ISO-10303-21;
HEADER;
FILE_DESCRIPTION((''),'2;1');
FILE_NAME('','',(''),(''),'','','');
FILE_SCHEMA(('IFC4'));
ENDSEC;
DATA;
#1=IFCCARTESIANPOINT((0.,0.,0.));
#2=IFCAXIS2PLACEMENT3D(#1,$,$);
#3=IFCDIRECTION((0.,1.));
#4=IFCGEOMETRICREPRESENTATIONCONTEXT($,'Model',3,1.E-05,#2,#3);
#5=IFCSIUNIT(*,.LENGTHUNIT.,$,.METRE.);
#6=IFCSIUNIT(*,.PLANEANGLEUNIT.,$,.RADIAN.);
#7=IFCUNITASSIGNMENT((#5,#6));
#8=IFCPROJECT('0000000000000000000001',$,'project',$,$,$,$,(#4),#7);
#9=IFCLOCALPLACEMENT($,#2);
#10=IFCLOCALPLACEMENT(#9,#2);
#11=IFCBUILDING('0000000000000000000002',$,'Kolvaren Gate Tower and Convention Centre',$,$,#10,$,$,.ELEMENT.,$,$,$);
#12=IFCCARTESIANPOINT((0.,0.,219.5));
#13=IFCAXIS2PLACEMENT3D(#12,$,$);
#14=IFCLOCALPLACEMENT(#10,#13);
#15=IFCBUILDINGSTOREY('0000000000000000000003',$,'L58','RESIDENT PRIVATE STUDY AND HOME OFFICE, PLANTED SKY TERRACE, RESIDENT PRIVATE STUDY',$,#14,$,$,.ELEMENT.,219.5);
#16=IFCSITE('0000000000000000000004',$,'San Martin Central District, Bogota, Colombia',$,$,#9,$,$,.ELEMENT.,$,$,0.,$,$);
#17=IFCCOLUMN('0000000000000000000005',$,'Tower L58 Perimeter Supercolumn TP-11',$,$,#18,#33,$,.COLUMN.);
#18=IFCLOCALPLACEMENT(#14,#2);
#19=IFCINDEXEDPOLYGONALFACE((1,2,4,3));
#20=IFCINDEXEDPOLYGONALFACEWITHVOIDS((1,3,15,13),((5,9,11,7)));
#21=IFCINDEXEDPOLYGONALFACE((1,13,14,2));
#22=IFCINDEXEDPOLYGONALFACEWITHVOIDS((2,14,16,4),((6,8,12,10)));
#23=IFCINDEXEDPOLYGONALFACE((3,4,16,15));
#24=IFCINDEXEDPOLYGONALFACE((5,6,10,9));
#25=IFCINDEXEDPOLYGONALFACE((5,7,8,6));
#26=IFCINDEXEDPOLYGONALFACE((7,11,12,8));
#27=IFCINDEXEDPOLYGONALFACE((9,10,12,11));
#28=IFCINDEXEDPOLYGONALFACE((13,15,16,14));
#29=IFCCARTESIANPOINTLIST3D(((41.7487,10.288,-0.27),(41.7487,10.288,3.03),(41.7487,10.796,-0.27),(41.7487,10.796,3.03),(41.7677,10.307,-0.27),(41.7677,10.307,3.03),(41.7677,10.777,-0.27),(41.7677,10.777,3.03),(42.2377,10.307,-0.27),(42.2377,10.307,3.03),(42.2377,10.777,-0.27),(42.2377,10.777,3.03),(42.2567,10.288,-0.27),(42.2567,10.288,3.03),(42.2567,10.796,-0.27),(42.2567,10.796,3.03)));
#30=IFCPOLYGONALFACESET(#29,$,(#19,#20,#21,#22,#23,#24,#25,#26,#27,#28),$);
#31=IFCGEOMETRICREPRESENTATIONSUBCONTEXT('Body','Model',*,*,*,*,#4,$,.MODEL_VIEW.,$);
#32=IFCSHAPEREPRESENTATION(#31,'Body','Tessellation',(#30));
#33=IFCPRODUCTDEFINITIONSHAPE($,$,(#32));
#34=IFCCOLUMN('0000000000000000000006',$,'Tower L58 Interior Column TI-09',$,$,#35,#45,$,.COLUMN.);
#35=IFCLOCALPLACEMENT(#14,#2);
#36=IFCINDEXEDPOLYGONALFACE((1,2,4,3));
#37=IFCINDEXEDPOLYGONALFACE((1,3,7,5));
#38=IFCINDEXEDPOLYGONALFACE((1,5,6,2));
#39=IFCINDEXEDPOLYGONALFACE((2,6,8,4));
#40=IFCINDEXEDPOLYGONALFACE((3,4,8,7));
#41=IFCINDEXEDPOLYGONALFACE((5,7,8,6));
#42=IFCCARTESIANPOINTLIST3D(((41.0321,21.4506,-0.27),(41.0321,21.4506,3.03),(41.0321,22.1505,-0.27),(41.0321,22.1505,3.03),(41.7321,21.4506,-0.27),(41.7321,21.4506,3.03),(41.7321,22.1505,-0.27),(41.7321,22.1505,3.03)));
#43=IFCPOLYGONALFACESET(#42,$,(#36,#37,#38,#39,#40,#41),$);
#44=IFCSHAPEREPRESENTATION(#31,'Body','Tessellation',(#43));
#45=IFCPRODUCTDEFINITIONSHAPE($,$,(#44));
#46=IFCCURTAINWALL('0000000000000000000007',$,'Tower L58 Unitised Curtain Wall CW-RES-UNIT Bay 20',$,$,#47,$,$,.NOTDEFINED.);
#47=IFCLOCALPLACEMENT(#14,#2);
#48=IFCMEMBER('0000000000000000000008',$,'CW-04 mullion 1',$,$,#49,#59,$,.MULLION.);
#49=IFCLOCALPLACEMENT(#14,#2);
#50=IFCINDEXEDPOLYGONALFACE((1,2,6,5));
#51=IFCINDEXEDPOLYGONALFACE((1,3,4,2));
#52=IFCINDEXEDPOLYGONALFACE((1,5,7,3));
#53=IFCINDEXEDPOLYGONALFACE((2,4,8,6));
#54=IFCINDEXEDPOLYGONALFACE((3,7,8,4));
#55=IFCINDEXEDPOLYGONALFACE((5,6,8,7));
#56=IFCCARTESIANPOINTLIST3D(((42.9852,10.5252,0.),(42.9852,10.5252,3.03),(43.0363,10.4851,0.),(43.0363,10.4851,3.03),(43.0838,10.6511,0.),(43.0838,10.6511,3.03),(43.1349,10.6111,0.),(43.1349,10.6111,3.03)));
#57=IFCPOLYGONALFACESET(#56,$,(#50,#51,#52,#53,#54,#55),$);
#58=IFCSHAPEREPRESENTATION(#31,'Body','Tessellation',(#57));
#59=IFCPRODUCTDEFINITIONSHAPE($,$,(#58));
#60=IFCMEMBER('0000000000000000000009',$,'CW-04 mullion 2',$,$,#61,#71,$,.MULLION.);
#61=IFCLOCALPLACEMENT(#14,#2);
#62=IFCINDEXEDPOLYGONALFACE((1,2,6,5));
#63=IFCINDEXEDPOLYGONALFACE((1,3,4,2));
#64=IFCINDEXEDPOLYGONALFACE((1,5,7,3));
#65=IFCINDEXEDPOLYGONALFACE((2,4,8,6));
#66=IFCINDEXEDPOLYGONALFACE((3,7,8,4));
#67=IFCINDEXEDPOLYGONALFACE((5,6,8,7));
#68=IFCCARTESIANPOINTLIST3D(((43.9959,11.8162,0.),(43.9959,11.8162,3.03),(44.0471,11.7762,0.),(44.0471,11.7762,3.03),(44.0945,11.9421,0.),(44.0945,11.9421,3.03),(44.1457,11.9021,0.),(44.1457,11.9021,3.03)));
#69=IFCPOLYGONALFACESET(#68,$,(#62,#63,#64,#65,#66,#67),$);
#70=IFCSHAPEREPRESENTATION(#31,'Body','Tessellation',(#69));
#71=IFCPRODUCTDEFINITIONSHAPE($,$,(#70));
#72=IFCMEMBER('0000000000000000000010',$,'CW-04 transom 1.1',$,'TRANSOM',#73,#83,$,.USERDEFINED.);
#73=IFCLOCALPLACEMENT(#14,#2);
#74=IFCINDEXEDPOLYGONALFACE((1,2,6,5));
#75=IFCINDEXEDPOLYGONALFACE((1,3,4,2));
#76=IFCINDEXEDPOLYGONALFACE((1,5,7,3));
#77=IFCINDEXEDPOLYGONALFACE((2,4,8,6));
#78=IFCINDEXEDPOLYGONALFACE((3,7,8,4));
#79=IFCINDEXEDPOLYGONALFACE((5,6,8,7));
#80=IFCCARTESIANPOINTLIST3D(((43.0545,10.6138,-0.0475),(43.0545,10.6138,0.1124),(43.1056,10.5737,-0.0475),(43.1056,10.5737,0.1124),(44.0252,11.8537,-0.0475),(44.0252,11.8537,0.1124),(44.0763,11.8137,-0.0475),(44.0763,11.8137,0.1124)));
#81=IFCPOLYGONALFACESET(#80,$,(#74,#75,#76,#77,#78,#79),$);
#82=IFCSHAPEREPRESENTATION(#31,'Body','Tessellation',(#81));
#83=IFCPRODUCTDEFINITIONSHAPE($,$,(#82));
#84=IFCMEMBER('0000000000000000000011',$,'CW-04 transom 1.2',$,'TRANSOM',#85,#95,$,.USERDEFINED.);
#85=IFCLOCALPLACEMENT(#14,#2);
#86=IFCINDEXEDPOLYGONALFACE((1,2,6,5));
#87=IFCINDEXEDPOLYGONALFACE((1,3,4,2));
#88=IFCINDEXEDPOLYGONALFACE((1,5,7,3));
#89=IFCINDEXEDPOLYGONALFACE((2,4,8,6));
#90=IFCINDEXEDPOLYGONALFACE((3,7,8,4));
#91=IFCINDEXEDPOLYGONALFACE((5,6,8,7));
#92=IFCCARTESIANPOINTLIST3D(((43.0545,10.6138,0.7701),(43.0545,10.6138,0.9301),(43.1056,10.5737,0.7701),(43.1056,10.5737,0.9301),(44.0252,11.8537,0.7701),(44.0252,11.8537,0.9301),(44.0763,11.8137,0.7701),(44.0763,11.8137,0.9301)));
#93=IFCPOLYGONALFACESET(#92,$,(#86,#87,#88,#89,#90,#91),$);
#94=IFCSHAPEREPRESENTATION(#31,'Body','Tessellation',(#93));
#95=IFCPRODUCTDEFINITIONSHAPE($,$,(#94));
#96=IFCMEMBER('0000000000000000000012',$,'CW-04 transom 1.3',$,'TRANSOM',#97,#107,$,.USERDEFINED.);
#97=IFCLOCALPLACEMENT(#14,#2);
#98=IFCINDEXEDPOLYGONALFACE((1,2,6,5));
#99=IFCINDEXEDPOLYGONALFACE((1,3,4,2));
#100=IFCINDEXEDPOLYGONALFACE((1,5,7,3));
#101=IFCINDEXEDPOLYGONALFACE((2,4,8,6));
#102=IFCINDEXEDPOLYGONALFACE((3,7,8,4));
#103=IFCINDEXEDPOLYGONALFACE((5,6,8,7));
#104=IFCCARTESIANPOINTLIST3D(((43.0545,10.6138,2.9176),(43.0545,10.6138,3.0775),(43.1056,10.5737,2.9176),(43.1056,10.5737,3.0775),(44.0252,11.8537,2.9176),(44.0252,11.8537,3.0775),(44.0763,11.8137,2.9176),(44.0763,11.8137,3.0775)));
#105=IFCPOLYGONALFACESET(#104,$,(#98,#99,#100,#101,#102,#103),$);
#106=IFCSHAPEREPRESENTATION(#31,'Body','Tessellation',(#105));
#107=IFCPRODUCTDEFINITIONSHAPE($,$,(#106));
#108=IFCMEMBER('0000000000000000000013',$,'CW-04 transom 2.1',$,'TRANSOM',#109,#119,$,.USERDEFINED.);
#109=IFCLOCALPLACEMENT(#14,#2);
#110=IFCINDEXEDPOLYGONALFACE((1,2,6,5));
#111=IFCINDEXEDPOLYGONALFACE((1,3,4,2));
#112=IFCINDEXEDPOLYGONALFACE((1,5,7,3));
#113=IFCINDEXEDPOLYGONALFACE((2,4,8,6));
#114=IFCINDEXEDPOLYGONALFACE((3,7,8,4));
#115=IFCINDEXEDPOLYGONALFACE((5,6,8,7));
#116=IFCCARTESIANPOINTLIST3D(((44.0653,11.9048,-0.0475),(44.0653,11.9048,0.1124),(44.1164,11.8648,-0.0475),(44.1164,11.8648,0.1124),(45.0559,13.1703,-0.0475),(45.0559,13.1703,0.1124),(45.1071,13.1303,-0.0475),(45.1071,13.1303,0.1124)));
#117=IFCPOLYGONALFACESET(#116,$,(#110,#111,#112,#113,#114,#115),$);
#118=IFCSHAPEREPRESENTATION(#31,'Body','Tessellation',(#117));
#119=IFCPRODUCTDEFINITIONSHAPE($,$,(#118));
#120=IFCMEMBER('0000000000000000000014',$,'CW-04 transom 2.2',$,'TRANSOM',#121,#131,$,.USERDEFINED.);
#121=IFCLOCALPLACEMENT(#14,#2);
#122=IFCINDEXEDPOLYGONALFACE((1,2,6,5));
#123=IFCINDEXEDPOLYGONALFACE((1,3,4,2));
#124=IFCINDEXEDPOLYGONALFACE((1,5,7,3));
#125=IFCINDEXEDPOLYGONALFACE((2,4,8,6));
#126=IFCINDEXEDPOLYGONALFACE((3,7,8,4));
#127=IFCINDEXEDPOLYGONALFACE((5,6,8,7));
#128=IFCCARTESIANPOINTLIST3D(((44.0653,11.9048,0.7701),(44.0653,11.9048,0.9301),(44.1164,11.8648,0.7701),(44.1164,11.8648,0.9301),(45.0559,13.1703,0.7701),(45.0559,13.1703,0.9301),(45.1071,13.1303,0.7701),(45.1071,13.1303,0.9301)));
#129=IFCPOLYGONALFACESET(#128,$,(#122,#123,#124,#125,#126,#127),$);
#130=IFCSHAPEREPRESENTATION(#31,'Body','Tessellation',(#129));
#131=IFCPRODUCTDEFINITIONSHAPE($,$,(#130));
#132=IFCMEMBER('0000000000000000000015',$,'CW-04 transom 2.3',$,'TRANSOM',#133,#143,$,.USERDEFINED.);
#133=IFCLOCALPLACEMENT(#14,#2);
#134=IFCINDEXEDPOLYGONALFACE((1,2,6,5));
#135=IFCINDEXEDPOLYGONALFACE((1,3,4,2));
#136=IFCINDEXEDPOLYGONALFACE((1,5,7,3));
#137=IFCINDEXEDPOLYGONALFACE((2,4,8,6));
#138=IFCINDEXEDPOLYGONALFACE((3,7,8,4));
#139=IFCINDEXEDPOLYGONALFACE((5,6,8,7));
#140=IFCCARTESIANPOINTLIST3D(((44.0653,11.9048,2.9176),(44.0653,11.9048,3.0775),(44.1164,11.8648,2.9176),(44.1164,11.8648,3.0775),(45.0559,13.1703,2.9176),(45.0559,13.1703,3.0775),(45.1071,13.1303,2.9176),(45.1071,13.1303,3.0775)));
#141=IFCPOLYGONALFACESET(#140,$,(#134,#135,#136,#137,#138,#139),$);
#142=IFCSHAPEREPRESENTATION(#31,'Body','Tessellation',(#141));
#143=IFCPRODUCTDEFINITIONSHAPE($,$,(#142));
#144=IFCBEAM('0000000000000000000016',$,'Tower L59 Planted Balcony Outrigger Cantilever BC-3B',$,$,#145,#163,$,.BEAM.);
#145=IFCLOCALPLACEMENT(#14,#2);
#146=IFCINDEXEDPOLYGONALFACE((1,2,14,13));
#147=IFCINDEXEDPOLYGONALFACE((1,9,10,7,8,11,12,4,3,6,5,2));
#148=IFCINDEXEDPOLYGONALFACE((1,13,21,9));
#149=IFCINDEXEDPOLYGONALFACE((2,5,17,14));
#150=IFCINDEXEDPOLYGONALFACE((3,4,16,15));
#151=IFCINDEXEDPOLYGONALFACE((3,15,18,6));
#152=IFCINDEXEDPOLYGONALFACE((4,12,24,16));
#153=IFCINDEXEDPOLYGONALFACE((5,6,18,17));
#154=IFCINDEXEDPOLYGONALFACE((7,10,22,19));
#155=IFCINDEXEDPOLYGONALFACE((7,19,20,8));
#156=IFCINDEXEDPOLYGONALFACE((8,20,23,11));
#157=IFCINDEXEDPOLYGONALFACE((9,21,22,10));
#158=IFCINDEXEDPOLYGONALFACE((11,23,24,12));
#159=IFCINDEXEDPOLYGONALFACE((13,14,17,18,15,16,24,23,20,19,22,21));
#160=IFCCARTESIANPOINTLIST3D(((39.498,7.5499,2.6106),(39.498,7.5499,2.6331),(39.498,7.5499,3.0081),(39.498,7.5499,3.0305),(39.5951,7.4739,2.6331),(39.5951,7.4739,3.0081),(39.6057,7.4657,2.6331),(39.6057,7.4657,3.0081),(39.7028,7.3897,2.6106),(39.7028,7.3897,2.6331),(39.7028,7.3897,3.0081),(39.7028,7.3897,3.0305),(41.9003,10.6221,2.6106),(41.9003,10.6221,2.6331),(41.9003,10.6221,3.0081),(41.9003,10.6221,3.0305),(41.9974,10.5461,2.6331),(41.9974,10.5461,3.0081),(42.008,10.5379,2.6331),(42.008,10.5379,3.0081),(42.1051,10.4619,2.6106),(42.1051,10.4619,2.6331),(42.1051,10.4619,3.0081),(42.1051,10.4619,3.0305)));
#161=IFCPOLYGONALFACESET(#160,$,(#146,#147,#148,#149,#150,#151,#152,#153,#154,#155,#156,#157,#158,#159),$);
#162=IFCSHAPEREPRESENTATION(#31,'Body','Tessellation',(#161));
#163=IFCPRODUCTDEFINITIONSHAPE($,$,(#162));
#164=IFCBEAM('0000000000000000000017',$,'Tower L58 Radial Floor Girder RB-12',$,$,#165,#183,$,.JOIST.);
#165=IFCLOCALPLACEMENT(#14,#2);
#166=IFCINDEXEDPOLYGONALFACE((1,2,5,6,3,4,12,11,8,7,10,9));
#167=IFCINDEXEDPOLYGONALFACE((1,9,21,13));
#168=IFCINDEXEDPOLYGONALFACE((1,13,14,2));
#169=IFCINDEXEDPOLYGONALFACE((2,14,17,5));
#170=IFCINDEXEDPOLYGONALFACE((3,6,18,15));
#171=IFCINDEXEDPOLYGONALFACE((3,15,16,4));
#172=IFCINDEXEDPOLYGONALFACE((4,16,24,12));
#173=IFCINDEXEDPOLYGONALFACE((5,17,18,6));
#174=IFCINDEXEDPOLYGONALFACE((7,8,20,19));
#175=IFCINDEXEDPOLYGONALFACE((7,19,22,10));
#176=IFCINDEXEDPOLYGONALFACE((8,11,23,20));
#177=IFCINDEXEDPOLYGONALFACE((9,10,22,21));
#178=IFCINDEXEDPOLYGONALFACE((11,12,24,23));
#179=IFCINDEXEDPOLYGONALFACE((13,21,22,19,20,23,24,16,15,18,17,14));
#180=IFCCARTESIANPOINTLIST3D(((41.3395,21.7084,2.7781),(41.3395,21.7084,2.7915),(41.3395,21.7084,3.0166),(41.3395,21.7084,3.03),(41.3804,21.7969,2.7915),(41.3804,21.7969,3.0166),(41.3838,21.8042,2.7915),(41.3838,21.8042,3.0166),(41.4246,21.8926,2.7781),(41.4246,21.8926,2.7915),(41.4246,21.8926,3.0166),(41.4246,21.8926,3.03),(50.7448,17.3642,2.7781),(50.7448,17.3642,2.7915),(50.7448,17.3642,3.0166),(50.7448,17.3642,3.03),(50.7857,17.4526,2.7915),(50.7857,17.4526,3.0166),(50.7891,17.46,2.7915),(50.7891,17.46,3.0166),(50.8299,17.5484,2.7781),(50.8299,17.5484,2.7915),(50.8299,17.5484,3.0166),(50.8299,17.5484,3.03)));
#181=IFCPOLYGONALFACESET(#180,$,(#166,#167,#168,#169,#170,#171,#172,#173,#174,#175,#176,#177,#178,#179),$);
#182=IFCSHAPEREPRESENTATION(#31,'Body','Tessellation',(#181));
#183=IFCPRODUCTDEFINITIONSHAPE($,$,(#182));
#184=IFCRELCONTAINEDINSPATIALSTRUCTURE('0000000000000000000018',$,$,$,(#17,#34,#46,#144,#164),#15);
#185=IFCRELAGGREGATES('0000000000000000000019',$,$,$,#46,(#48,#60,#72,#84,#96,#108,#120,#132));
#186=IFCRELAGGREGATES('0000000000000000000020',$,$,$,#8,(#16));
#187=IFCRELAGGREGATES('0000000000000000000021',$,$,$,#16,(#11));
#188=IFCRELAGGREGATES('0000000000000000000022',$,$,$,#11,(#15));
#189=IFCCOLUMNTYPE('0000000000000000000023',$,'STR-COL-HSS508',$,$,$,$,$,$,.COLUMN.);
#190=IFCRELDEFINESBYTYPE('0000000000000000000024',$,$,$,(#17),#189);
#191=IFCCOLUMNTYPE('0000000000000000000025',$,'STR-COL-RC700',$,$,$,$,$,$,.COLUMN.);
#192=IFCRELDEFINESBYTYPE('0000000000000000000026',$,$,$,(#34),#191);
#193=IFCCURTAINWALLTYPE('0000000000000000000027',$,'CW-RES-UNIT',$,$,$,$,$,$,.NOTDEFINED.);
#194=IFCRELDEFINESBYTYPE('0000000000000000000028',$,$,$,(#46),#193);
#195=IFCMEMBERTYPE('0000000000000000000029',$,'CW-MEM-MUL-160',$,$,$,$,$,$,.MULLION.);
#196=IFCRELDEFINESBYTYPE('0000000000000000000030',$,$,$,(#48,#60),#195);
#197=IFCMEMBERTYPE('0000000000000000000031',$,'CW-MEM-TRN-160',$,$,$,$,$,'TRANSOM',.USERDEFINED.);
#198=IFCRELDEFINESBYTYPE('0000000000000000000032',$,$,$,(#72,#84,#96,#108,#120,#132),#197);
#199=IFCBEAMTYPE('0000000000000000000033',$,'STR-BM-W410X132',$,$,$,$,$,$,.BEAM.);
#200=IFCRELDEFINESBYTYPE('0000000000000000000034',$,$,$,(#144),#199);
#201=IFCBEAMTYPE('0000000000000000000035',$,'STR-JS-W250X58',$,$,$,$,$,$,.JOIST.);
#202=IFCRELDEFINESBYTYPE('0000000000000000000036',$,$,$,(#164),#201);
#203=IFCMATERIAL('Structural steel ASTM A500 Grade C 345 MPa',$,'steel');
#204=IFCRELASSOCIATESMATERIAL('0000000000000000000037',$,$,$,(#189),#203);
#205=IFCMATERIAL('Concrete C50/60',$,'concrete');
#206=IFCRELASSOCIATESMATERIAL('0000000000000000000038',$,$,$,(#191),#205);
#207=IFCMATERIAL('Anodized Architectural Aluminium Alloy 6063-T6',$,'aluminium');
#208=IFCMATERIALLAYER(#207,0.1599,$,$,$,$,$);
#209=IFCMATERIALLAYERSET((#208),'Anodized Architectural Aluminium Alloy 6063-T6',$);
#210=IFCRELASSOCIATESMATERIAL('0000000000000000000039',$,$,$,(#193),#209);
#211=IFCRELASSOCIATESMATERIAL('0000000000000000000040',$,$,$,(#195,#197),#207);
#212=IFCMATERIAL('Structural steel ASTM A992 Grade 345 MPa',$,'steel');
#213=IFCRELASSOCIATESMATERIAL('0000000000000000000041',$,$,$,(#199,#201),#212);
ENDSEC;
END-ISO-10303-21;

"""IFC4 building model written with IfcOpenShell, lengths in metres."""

from ifc_helpers import new_model, si_unit, direction, frame, origin, origin_2d, place, context, subcontext, project, spatial, rectangle, hollow_rectangle, i_section, extrude, material, layer, layer_set, material_profile, profile_set, type_object, element, aggregate, save


model = new_model("IFC4")

# Units and contexts
model_context = context("Model", 3, precision=1e-05, world=origin(), true_north=direction((0.0, 1.0)))
body_context = subcontext(model_context, "Body", "Model", "MODEL_VIEW")
ifc_project = project(units=[si_unit("LENGTHUNIT", "METRE"), si_unit("PLANEANGLEUNIT", "RADIAN")], contexts=[model_context])

# Site, building, storey
site_placement = place(None, origin())
site = spatial("IfcSite", under=ifc_project, at=site_placement, Name="San Martin Central District, Bogota, Colombia", CompositionType="ELEMENT", RefElevation=0.0)
building_placement = place(site_placement, origin())
building = spatial("IfcBuilding", under=site, at=building_placement, Name="Kolvaren Gate Tower and Convention Centre", CompositionType="ELEMENT")
storey_placement = place(building_placement, frame((0.0, 0.0, 219.5)))
storey = spatial("IfcBuildingStorey", under=building, at=storey_placement, Name="L58", Description="RESIDENT PRIVATE STUDY AND HOME OFFICE, PLANTED SKY TERRACE, RESIDENT PRIVATE STUDY", CompositionType="ELEMENT", Elevation=219.5)

# Columns
ifc_material_1 = material(Name="Structural steel ASTM A500 Grade C 345 MPa", Category="steel")
ifc_material_profile_1 = material_profile(ifc_material_1, hollow_rectangle(XDim=0.5081, YDim=0.5081, WallThickness=0.019, at=origin_2d()), Name="HSS508X508X19.1")
ifc_profile_set_1 = profile_set([ifc_material_profile_1], Name="Structural steel ASTM A500 Grade C 345 MPa")
column_type_1 = type_object("IfcColumnType", Name="STR-COL-HSS508", PredefinedType="COLUMN", material=ifc_profile_set_1)
column_1_placement = place(storey_placement, frame((42.0027, 10.542, -0.27), z_axis=(0.0, 0.0, 1.0), x_axis=(1.0, 0.0, 0.0)))
element("IfcColumn", 1, at=column_1_placement, inside=storey, type_object=column_type_1, Name="Tower L58 Perimeter Supercolumn TP-11", PredefinedType="COLUMN", context=body_context, shape_type="SweptSolid", body=[
    extrude(hollow_rectangle(XDim=0.5081, YDim=0.5081, WallThickness=0.019, at=origin_2d()), origin(), (0.0, 0.0, 1.0), 3.3),
])
ifc_material_2 = material(Name="Concrete C50/60", Category="concrete")
ifc_material_profile_2 = material_profile(ifc_material_2, rectangle(XDim=0.7, YDim=0.7, at=origin_2d()), Name="RC-COL-700X700")
ifc_profile_set_2 = profile_set([ifc_material_profile_2], Name="Concrete C50/60")
column_type_2 = type_object("IfcColumnType", Name="STR-COL-RC700", PredefinedType="COLUMN", material=ifc_profile_set_2)
column_2_placement = place(storey_placement, frame((41.3821, 21.8005, -0.27), z_axis=(0.0, 0.0, 1.0), x_axis=(1.0, 0.0, 0.0)))
element("IfcColumn", 2, at=column_2_placement, inside=storey, type_object=column_type_2, Name="Tower L58 Interior Column TI-09", PredefinedType="COLUMN", context=body_context, shape_type="SweptSolid", body=[
    extrude(rectangle(XDim=0.7, YDim=0.7, at=origin_2d()), origin(), (0.0, 0.0, 1.0), 3.3),
])

# Curtain wall, members
ifc_material_3 = material(Name="Anodized Architectural Aluminium Alloy 6063-T6", Category="aluminium")
ifc_layer_1 = layer(ifc_material_3, 0.1599)
ifc_layer_set_1 = layer_set([ifc_layer_1], Name="Anodized Architectural Aluminium Alloy 6063-T6")
curtain_wall_type = type_object("IfcCurtainWallType", Name="CW-RES-UNIT", PredefinedType="NOTDEFINED", material=ifc_layer_set_1)
curtain_wall_placement = place(storey_placement, origin())
curtain_wall = element("IfcCurtainWall", 3, at=curtain_wall_placement, inside=storey, type_object=curtain_wall_type, Name="Tower L58 Unitised Curtain Wall CW-RES-UNIT Bay 20", PredefinedType="NOTDEFINED")
ifc_material_profile_3 = material_profile(ifc_material_3, rectangle(XDim=0.0649, YDim=0.1599, at=origin_2d()), Name="CW-MEM-MUL-160")
ifc_profile_set_3 = profile_set([ifc_material_profile_3], Name="Anodized Architectural Aluminium Alloy 6063-T6")
member_type_1 = type_object("IfcMemberType", Name="CW-MEM-MUL-160", PredefinedType="MULLION", material=ifc_profile_set_3)
member_1_placement = place(storey_placement, frame((43.0601, 10.5681, 0.0), z_axis=(0.0, 0.0, 1.0), x_axis=(-0.787404, 0.616437, 0.0)))
member_1 = element("IfcMember", 4, at=member_1_placement, type_object=member_type_1, Name="CW-04 mullion 1", PredefinedType="MULLION", context=body_context, shape_type="SweptSolid", body=[
    extrude(rectangle(XDim=0.0649, YDim=0.1599, at=origin_2d()), origin(), (0.0, 0.0, 1.0), 3.03),
])
member_2_placement = place(storey_placement, frame((44.0708, 11.8591, 0.0), z_axis=(0.0, 0.0, 1.0), x_axis=(-0.787404, 0.616437, 0.0)))
member_2 = element("IfcMember", 5, at=member_2_placement, type_object=member_type_1, Name="CW-04 mullion 2", PredefinedType="MULLION", context=body_context, shape_type="SweptSolid", body=[
    extrude(rectangle(XDim=0.0649, YDim=0.1599, at=origin_2d()), origin(), (0.0, 0.0, 1.0), 3.03),
])
ifc_material_profile_4 = material_profile(ifc_material_3, rectangle(XDim=0.0649, YDim=0.1599, at=origin_2d()), Name="CW-MEM-TRN-160")
ifc_profile_set_4 = profile_set([ifc_material_profile_4], Name="Anodized Architectural Aluminium Alloy 6063-T6")
member_type_2 = type_object("IfcMemberType", Name="CW-MEM-TRN-160", ElementType="TRANSOM", PredefinedType="USERDEFINED", material=ifc_profile_set_4)
member_3_placement = place(storey_placement, frame((43.0801, 10.5938, 0.0325), z_axis=(0.616417, 0.78742, 0.0), x_axis=(-0.78742, 0.616417, 0.0)))
member_3 = element("IfcMember", 6, at=member_3_placement, type_object=member_type_2, Name="CW-04 transom 1.1", ObjectType="TRANSOM", PredefinedType="USERDEFINED", context=body_context, shape_type="SweptSolid", body=[
    extrude(rectangle(XDim=0.0649, YDim=0.1599, at=origin_2d()), origin(), (0.0, 0.0, 1.0), 1.5747),
])
member_4_placement = place(storey_placement, frame((43.0801, 10.5938, 0.8501), z_axis=(0.616417, 0.78742, 0.0), x_axis=(-0.78742, 0.616417, 0.0)))
member_4 = element("IfcMember", 7, at=member_4_placement, type_object=member_type_2, Name="CW-04 transom 1.2", ObjectType="TRANSOM", PredefinedType="USERDEFINED", context=body_context, shape_type="SweptSolid", body=[
    extrude(rectangle(XDim=0.0649, YDim=0.1599, at=origin_2d()), origin(), (0.0, 0.0, 1.0), 1.5747),
])
member_5_placement = place(storey_placement, frame((43.0801, 10.5938, 2.9976), z_axis=(0.616417, 0.78742, 0.0), x_axis=(-0.78742, 0.616417, 0.0)))
member_5 = element("IfcMember", 8, at=member_5_placement, type_object=member_type_2, Name="CW-04 transom 1.3", ObjectType="TRANSOM", PredefinedType="USERDEFINED", context=body_context, shape_type="SweptSolid", body=[
    extrude(rectangle(XDim=0.0649, YDim=0.1599, at=origin_2d()), origin(), (0.0, 0.0, 1.0), 1.5747),
])
member_6_placement = place(storey_placement, frame((44.0908, 11.8848, 0.0325), z_axis=(0.616398, 0.787434, 0.0), x_axis=(-0.787434, 0.616398, 0.0)))
member_6 = element("IfcMember", 9, at=member_6_placement, type_object=member_type_2, Name="CW-04 transom 2.1", ObjectType="TRANSOM", PredefinedType="USERDEFINED", context=body_context, shape_type="SweptSolid", body=[
    extrude(rectangle(XDim=0.0649, YDim=0.1599, at=origin_2d()), origin(), (0.0, 0.0, 1.0), 1.6072),
])
member_7_placement = place(storey_placement, frame((44.0908, 11.8848, 0.8501), z_axis=(0.616398, 0.787434, 0.0), x_axis=(-0.787434, 0.616398, 0.0)))
member_7 = element("IfcMember", 10, at=member_7_placement, type_object=member_type_2, Name="CW-04 transom 2.2", ObjectType="TRANSOM", PredefinedType="USERDEFINED", context=body_context, shape_type="SweptSolid", body=[
    extrude(rectangle(XDim=0.0649, YDim=0.1599, at=origin_2d()), origin(), (0.0, 0.0, 1.0), 1.6072),
])
member_8_placement = place(storey_placement, frame((44.0908, 11.8848, 2.9976), z_axis=(0.616398, 0.787434, 0.0), x_axis=(-0.787434, 0.616398, 0.0)))
member_8 = element("IfcMember", 11, at=member_8_placement, type_object=member_type_2, Name="CW-04 transom 2.3", ObjectType="TRANSOM", PredefinedType="USERDEFINED", context=body_context, shape_type="SweptSolid", body=[
    extrude(rectangle(XDim=0.0649, YDim=0.1599, at=origin_2d()), origin(), (0.0, 0.0, 1.0), 1.6072),
])

# Beams
ifc_material_4 = material(Name="Structural steel ASTM A992 Grade 345 MPa", Category="steel")
ifc_material_profile_5 = material_profile(ifc_material_4, i_section(OverallWidth=0.26, OverallDepth=0.4199, WebThickness=0.0134, FlangeThickness=0.0225, at=origin_2d()), Name="W410X132")
ifc_profile_set_5 = profile_set([ifc_material_profile_5], Name="Structural steel ASTM A992 Grade 345 MPa")
beam_type_1 = type_object("IfcBeamType", Name="STR-BM-W410X132", PredefinedType="BEAM", material=ifc_profile_set_5)
beam_1_placement = place(storey_placement, frame((42.0027, 10.542, 2.8206), z_axis=(-0.615984, -0.787759, 0.0), x_axis=(0.787759, -0.615984, 0.0)))
element("IfcBeam", 12, at=beam_1_placement, inside=storey, type_object=beam_type_1, Name="Tower L59 Planted Balcony Outrigger Cantilever BC-3B", PredefinedType="BEAM", context=body_context, shape_type="SweptSolid", body=[
    extrude(i_section(OverallWidth=0.26, OverallDepth=0.4199, WebThickness=0.0134, FlangeThickness=0.0225, at=origin_2d()), origin(), (0.0, 0.0, 1.0), 3.8999),
])
ifc_material_profile_6 = material_profile(ifc_material_4, i_section(OverallWidth=0.2029, OverallDepth=0.252, WebThickness=0.0081, FlangeThickness=0.0134, at=origin_2d()), Name="W250X58")
ifc_profile_set_6 = profile_set([ifc_material_profile_6], Name="Structural steel ASTM A992 Grade 345 MPa")
beam_type_2 = type_object("IfcBeamType", Name="STR-JS-W250X58", PredefinedType="JOIST", material=ifc_profile_set_6)
beam_2_placement = place(storey_placement, frame((41.3821, 21.8005, 2.9041), z_axis=(0.907837, -0.419324, 0.0), x_axis=(0.419324, 0.907837, 0.0)))
element("IfcBeam", 13, at=beam_2_placement, inside=storey, type_object=beam_type_2, Name="Tower L58 Radial Floor Girder RB-12", PredefinedType="JOIST", context=body_context, shape_type="SweptSolid", body=[
    extrude(i_section(OverallWidth=0.2029, OverallDepth=0.252, WebThickness=0.0081, FlangeThickness=0.0134, at=origin_2d()), origin(), (0.0, 0.0, 1.0), 10.3601),
])

aggregate(curtain_wall, [member_1, member_2, member_3, member_4, member_5, member_6, member_7, member_8])

save(model, "model.ifc")
